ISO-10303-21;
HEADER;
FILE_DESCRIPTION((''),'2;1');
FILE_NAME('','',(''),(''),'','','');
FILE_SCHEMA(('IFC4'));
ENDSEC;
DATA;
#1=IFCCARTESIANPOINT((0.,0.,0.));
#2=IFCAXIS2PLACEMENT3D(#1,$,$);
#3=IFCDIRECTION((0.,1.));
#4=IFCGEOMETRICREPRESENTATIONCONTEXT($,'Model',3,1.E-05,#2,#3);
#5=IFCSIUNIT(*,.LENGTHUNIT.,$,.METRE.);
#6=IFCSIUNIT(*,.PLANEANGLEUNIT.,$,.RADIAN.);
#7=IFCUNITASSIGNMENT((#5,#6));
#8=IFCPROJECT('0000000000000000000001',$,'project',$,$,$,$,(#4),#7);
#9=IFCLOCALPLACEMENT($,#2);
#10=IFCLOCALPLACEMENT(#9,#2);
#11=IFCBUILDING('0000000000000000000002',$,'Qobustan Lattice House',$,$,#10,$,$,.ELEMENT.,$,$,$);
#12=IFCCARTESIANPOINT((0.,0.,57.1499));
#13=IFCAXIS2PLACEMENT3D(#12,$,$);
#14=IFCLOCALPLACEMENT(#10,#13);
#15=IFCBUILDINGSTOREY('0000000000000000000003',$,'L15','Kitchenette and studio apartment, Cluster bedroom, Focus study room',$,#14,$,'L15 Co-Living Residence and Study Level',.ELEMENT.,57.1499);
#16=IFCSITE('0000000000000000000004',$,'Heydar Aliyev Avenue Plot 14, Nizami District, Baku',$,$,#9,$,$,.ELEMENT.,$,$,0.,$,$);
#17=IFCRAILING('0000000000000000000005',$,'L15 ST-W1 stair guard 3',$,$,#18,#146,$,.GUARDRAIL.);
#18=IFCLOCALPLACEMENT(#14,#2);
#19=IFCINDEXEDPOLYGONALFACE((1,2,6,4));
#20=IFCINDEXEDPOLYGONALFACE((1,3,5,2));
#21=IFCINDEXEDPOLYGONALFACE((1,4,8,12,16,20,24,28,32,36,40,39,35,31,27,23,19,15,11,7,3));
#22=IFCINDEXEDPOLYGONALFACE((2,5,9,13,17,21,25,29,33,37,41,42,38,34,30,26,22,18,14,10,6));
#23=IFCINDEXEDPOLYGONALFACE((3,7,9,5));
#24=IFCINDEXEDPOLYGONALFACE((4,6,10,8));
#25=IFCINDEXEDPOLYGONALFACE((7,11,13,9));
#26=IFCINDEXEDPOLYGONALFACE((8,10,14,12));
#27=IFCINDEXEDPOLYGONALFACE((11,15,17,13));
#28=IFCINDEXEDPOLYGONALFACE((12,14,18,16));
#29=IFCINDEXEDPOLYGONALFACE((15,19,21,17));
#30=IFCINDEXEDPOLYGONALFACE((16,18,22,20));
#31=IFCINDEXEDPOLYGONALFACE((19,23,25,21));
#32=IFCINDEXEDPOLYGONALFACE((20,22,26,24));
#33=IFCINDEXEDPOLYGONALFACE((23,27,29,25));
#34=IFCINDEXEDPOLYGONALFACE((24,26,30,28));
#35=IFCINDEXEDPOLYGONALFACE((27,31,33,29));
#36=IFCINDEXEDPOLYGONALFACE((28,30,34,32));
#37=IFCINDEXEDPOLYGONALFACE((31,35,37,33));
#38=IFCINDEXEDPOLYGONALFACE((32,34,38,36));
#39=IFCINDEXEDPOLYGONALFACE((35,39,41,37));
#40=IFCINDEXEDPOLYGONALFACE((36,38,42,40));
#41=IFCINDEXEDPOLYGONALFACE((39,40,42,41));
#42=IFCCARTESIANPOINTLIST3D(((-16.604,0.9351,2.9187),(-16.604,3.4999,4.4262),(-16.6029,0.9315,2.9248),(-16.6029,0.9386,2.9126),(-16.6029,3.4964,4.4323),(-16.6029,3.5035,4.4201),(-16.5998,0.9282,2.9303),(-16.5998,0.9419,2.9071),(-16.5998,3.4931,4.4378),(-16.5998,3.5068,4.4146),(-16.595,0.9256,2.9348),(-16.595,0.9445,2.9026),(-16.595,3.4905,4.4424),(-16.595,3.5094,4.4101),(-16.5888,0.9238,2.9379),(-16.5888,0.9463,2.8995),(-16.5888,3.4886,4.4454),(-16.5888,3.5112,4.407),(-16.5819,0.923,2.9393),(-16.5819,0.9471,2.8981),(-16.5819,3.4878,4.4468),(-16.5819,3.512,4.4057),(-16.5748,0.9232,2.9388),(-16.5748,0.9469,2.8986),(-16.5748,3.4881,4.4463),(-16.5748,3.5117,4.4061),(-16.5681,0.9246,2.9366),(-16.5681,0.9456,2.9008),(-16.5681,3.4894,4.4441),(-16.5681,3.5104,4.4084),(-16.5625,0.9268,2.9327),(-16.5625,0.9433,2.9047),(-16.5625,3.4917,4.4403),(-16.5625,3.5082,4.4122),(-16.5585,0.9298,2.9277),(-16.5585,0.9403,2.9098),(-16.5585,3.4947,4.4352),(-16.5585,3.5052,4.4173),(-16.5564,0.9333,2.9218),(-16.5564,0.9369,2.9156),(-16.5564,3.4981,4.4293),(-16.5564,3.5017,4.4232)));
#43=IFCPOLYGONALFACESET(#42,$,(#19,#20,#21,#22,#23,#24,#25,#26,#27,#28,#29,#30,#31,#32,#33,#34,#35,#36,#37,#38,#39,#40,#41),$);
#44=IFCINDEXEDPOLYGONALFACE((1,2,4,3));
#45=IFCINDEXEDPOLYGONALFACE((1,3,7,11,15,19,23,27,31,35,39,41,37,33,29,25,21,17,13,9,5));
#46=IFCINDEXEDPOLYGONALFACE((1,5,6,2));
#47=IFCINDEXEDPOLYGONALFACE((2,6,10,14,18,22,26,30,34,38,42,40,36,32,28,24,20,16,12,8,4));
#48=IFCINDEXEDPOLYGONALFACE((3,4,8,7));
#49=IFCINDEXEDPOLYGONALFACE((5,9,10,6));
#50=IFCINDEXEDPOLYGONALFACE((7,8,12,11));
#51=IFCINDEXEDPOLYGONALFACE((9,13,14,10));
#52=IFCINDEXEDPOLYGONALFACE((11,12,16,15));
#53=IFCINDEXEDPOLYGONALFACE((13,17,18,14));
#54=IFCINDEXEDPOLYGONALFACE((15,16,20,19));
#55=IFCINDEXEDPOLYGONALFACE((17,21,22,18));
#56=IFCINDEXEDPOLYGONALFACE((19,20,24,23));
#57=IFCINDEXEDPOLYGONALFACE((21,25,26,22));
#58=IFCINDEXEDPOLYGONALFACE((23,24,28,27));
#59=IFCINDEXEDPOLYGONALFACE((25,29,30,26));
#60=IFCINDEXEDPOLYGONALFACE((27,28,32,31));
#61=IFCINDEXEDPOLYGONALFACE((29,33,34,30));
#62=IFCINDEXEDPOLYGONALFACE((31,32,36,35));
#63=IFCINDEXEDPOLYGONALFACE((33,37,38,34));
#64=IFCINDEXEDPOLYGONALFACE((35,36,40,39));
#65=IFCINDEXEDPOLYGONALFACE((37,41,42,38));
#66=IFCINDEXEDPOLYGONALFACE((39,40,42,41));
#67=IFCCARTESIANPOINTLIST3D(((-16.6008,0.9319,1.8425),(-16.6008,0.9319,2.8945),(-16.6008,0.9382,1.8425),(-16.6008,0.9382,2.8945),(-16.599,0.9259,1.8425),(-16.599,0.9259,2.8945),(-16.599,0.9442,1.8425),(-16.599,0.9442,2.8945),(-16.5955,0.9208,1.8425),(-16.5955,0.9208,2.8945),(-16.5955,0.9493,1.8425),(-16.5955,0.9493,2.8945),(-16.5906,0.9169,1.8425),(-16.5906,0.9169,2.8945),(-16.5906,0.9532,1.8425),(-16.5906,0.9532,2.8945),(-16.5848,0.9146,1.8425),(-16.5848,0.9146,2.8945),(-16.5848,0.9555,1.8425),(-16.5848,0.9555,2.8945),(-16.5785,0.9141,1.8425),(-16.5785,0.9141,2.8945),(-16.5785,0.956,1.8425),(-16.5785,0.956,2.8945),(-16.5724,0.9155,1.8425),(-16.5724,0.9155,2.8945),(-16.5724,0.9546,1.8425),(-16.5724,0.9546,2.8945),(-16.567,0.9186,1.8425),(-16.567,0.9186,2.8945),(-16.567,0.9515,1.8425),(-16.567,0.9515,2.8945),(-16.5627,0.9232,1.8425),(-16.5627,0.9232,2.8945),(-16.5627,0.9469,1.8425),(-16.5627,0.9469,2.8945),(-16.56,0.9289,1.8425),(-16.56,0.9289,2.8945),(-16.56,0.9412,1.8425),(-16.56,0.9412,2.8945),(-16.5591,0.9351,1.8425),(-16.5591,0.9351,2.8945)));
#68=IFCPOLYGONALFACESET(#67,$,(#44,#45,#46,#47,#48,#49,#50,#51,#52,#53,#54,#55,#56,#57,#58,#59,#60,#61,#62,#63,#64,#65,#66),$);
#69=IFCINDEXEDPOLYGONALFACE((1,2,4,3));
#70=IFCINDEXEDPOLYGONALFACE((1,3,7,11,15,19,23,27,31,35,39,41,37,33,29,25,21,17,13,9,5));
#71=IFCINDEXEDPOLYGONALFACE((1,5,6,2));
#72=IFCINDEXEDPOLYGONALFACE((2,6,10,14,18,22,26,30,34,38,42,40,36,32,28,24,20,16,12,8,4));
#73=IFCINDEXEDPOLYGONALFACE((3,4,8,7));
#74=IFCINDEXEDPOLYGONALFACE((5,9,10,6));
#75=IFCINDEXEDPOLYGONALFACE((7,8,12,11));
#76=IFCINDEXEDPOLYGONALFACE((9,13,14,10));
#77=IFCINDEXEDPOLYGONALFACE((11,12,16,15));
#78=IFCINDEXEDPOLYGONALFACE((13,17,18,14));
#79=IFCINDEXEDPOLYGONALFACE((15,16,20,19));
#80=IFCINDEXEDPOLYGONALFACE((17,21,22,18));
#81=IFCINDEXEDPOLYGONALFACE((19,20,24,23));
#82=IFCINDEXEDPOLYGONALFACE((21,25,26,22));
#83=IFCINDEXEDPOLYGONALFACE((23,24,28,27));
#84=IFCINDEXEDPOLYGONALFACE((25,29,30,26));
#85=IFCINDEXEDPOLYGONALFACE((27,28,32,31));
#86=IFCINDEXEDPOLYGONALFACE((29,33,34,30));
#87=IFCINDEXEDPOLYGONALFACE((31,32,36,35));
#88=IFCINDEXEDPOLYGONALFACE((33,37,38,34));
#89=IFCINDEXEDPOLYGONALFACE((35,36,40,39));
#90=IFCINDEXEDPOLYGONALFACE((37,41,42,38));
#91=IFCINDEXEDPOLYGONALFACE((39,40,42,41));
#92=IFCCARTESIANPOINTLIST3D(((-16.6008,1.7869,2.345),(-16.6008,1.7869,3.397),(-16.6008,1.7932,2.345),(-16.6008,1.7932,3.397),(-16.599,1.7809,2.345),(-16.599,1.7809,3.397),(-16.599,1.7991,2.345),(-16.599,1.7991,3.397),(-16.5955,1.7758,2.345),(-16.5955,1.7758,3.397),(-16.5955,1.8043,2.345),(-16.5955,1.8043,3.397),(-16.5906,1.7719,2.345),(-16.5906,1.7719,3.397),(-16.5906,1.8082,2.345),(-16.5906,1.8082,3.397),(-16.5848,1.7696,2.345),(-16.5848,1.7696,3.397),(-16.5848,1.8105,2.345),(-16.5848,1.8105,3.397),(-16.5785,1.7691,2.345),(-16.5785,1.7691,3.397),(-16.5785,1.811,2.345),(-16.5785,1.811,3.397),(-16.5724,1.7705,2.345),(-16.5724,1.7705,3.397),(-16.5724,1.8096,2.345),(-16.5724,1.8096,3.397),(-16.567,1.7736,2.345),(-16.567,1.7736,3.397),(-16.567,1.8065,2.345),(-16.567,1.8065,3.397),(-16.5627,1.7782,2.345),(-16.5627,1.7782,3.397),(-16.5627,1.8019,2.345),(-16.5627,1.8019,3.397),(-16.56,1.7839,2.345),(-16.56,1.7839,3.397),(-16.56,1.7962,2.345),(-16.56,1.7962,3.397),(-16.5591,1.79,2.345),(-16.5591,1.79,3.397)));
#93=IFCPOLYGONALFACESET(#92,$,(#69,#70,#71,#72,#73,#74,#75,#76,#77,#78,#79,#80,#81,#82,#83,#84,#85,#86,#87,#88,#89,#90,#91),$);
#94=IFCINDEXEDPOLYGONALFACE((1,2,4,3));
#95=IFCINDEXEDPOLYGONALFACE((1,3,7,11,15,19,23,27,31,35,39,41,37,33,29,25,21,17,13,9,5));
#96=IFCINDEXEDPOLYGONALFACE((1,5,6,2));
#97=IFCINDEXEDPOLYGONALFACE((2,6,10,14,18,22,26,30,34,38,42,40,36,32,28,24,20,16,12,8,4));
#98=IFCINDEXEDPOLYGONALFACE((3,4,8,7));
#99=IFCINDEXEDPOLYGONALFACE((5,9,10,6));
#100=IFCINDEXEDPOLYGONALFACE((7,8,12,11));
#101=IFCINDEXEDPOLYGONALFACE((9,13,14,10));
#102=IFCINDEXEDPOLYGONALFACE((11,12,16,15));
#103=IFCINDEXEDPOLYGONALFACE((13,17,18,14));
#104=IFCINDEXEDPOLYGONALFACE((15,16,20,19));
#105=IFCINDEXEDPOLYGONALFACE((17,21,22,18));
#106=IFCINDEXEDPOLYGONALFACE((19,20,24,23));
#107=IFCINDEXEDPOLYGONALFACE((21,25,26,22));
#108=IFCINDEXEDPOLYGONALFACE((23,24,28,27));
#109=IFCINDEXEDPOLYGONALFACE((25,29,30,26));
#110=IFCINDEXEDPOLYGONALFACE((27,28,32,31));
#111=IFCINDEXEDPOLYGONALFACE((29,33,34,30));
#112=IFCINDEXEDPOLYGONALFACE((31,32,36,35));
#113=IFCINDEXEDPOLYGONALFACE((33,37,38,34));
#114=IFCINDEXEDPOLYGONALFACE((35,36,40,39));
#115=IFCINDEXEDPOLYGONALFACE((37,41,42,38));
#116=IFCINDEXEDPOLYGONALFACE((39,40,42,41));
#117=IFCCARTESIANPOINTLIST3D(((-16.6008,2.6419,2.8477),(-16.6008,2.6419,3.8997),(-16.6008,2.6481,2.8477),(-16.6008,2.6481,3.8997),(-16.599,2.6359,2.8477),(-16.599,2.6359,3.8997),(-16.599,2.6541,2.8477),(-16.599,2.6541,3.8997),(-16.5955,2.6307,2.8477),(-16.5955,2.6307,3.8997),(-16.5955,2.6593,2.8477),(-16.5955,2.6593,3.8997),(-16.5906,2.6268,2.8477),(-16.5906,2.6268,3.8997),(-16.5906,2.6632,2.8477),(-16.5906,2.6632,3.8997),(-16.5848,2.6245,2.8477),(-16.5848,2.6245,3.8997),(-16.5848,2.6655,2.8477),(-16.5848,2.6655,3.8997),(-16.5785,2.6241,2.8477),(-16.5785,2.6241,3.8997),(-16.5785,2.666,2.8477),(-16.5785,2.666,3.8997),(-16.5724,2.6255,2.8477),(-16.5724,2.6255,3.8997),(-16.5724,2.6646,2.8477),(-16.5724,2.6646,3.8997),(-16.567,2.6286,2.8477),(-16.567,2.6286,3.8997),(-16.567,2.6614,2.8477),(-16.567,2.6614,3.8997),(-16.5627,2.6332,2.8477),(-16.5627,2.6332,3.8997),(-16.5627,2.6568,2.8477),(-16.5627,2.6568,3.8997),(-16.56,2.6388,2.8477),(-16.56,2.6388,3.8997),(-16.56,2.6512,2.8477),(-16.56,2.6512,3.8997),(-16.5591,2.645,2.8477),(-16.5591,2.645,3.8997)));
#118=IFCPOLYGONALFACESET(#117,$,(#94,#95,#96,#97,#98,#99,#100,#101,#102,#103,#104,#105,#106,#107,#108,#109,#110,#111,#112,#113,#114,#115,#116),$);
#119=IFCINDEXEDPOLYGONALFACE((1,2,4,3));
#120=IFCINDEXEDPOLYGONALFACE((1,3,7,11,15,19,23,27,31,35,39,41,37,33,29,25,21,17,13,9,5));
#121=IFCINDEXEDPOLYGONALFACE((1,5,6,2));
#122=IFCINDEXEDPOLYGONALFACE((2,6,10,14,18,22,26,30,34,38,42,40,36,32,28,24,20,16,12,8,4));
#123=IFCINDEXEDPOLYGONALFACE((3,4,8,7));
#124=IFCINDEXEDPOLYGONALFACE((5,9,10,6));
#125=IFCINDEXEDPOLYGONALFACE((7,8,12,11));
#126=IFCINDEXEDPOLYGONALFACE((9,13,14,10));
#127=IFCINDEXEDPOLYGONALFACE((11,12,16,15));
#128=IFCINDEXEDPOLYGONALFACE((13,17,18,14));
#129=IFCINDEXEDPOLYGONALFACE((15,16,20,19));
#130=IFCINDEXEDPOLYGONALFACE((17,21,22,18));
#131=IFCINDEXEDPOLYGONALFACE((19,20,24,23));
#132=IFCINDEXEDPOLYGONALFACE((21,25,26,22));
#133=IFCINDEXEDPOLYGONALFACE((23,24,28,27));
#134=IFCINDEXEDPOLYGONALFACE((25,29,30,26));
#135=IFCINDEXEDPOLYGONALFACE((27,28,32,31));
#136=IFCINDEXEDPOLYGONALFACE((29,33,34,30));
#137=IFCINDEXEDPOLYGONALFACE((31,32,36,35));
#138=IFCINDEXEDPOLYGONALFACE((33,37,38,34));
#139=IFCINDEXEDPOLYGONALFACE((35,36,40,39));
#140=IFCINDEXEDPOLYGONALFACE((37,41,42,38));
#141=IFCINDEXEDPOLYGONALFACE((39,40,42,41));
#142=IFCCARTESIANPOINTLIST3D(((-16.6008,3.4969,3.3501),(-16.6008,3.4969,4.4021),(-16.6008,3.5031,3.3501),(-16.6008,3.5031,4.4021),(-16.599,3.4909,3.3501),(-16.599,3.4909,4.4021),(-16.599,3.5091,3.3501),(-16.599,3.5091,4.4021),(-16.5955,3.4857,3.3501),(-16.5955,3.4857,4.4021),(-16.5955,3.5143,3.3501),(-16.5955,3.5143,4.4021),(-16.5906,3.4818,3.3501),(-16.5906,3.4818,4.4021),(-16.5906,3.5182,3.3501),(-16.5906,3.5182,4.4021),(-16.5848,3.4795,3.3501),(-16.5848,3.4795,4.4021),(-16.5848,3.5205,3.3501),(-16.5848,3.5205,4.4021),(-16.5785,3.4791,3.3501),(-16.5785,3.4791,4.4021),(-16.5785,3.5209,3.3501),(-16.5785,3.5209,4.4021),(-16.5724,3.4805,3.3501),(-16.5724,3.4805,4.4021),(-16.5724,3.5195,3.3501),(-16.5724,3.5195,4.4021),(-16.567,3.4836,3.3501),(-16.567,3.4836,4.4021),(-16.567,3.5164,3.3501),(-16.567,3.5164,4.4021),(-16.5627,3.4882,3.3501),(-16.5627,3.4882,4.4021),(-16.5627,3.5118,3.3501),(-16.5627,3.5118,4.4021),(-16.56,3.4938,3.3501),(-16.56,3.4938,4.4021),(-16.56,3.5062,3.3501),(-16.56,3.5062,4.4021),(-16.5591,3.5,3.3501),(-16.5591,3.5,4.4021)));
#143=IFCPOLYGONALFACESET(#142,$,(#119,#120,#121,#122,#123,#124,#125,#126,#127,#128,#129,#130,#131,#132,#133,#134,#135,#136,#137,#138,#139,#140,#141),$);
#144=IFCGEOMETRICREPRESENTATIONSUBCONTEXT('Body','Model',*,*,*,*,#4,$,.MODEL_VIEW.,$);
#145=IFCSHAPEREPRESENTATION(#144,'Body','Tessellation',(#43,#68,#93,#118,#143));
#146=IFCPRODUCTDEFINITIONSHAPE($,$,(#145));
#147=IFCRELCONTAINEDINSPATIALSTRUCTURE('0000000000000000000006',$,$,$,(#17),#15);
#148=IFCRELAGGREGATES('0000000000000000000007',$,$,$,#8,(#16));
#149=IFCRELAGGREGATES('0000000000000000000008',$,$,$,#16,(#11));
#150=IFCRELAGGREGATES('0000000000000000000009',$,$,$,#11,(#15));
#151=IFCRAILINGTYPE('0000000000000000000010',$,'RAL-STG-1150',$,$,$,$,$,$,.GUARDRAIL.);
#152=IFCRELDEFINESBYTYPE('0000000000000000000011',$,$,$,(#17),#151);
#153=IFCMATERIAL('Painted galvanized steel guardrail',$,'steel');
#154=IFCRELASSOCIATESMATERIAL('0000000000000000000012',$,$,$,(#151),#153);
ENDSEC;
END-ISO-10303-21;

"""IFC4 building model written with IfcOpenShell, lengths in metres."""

from ifc_helpers import new_model, si_unit, direction, frame, origin, origin_2d, place, context, subcontext, project, spatial, circle, extrude, material, type_object, element, save


model = new_model("IFC4")

# Units and contexts
model_context = context("Model", 3, precision=1e-05, world=origin(), true_north=direction((0.0, 1.0)))
body_context = subcontext(model_context, "Body", "Model", "MODEL_VIEW")
ifc_project = project(units=[si_unit("LENGTHUNIT", "METRE"), si_unit("PLANEANGLEUNIT", "RADIAN")], contexts=[model_context])

# Site, building, storey
site_placement = place(None, origin())
site = spatial("IfcSite", under=ifc_project, at=site_placement, Name="Heydar Aliyev Avenue Plot 14, Nizami District, Baku", CompositionType="ELEMENT", RefElevation=0.0)
building_placement = place(site_placement, origin())
building = spatial("IfcBuilding", under=site, at=building_placement, Name="Qobustan Lattice House", CompositionType="ELEMENT")
storey_placement = place(building_placement, frame((0.0, 0.0, 57.1499)))
storey = spatial("IfcBuildingStorey", under=building, at=storey_placement, Name="L15", Description="Kitchenette and studio apartment, Cluster bedroom, Focus study room", LongName="L15 Co-Living Residence and Study Level", CompositionType="ELEMENT", Elevation=57.1499)

# Railing
ifc_material_1 = material(Name="Painted galvanized steel guardrail", Category="steel")
railing_type_1 = type_object("IfcRailingType", Name="RAL-STG-1150", PredefinedType="GUARDRAIL", material=ifc_material_1)
railing_1_placement = place(storey_placement, frame((-16.5801, 0.9351, 1.8425)))
element("IfcRailing", 1, at=railing_1_placement, inside=storey, type_object=railing_type_1, Name="L15 ST-W1 stair guard 3", PredefinedType="GUARDRAIL", context=body_context, shape_type="SweptSolid", body=[
    extrude(circle(Radius=0.0239, at=origin_2d()), frame((0.0, 0.0, 1.0762), z_axis=(0.0, 0.862113, 0.506715), x_axis=(-1.0, 0.0, 0.0)), (0.0, 0.0, 1.0), 2.9751),
    extrude(circle(Radius=0.021, at=origin_2d()), origin(), (0.0, 0.0, 1.0), 1.052),
    extrude(circle(Radius=0.021, at=origin_2d()), frame((0.0, 0.855, 0.5024)), (0.0, 0.0, 1.0), 1.052),
    extrude(circle(Radius=0.021, at=origin_2d()), frame((0.0, 1.71, 1.0051)), (0.0, 0.0, 1.0), 1.052),
    extrude(circle(Radius=0.021, at=origin_2d()), frame((0.0, 2.5649, 1.5076)), (0.0, 0.0, 1.0), 1.052),
])

save(model, "model.ifc")
